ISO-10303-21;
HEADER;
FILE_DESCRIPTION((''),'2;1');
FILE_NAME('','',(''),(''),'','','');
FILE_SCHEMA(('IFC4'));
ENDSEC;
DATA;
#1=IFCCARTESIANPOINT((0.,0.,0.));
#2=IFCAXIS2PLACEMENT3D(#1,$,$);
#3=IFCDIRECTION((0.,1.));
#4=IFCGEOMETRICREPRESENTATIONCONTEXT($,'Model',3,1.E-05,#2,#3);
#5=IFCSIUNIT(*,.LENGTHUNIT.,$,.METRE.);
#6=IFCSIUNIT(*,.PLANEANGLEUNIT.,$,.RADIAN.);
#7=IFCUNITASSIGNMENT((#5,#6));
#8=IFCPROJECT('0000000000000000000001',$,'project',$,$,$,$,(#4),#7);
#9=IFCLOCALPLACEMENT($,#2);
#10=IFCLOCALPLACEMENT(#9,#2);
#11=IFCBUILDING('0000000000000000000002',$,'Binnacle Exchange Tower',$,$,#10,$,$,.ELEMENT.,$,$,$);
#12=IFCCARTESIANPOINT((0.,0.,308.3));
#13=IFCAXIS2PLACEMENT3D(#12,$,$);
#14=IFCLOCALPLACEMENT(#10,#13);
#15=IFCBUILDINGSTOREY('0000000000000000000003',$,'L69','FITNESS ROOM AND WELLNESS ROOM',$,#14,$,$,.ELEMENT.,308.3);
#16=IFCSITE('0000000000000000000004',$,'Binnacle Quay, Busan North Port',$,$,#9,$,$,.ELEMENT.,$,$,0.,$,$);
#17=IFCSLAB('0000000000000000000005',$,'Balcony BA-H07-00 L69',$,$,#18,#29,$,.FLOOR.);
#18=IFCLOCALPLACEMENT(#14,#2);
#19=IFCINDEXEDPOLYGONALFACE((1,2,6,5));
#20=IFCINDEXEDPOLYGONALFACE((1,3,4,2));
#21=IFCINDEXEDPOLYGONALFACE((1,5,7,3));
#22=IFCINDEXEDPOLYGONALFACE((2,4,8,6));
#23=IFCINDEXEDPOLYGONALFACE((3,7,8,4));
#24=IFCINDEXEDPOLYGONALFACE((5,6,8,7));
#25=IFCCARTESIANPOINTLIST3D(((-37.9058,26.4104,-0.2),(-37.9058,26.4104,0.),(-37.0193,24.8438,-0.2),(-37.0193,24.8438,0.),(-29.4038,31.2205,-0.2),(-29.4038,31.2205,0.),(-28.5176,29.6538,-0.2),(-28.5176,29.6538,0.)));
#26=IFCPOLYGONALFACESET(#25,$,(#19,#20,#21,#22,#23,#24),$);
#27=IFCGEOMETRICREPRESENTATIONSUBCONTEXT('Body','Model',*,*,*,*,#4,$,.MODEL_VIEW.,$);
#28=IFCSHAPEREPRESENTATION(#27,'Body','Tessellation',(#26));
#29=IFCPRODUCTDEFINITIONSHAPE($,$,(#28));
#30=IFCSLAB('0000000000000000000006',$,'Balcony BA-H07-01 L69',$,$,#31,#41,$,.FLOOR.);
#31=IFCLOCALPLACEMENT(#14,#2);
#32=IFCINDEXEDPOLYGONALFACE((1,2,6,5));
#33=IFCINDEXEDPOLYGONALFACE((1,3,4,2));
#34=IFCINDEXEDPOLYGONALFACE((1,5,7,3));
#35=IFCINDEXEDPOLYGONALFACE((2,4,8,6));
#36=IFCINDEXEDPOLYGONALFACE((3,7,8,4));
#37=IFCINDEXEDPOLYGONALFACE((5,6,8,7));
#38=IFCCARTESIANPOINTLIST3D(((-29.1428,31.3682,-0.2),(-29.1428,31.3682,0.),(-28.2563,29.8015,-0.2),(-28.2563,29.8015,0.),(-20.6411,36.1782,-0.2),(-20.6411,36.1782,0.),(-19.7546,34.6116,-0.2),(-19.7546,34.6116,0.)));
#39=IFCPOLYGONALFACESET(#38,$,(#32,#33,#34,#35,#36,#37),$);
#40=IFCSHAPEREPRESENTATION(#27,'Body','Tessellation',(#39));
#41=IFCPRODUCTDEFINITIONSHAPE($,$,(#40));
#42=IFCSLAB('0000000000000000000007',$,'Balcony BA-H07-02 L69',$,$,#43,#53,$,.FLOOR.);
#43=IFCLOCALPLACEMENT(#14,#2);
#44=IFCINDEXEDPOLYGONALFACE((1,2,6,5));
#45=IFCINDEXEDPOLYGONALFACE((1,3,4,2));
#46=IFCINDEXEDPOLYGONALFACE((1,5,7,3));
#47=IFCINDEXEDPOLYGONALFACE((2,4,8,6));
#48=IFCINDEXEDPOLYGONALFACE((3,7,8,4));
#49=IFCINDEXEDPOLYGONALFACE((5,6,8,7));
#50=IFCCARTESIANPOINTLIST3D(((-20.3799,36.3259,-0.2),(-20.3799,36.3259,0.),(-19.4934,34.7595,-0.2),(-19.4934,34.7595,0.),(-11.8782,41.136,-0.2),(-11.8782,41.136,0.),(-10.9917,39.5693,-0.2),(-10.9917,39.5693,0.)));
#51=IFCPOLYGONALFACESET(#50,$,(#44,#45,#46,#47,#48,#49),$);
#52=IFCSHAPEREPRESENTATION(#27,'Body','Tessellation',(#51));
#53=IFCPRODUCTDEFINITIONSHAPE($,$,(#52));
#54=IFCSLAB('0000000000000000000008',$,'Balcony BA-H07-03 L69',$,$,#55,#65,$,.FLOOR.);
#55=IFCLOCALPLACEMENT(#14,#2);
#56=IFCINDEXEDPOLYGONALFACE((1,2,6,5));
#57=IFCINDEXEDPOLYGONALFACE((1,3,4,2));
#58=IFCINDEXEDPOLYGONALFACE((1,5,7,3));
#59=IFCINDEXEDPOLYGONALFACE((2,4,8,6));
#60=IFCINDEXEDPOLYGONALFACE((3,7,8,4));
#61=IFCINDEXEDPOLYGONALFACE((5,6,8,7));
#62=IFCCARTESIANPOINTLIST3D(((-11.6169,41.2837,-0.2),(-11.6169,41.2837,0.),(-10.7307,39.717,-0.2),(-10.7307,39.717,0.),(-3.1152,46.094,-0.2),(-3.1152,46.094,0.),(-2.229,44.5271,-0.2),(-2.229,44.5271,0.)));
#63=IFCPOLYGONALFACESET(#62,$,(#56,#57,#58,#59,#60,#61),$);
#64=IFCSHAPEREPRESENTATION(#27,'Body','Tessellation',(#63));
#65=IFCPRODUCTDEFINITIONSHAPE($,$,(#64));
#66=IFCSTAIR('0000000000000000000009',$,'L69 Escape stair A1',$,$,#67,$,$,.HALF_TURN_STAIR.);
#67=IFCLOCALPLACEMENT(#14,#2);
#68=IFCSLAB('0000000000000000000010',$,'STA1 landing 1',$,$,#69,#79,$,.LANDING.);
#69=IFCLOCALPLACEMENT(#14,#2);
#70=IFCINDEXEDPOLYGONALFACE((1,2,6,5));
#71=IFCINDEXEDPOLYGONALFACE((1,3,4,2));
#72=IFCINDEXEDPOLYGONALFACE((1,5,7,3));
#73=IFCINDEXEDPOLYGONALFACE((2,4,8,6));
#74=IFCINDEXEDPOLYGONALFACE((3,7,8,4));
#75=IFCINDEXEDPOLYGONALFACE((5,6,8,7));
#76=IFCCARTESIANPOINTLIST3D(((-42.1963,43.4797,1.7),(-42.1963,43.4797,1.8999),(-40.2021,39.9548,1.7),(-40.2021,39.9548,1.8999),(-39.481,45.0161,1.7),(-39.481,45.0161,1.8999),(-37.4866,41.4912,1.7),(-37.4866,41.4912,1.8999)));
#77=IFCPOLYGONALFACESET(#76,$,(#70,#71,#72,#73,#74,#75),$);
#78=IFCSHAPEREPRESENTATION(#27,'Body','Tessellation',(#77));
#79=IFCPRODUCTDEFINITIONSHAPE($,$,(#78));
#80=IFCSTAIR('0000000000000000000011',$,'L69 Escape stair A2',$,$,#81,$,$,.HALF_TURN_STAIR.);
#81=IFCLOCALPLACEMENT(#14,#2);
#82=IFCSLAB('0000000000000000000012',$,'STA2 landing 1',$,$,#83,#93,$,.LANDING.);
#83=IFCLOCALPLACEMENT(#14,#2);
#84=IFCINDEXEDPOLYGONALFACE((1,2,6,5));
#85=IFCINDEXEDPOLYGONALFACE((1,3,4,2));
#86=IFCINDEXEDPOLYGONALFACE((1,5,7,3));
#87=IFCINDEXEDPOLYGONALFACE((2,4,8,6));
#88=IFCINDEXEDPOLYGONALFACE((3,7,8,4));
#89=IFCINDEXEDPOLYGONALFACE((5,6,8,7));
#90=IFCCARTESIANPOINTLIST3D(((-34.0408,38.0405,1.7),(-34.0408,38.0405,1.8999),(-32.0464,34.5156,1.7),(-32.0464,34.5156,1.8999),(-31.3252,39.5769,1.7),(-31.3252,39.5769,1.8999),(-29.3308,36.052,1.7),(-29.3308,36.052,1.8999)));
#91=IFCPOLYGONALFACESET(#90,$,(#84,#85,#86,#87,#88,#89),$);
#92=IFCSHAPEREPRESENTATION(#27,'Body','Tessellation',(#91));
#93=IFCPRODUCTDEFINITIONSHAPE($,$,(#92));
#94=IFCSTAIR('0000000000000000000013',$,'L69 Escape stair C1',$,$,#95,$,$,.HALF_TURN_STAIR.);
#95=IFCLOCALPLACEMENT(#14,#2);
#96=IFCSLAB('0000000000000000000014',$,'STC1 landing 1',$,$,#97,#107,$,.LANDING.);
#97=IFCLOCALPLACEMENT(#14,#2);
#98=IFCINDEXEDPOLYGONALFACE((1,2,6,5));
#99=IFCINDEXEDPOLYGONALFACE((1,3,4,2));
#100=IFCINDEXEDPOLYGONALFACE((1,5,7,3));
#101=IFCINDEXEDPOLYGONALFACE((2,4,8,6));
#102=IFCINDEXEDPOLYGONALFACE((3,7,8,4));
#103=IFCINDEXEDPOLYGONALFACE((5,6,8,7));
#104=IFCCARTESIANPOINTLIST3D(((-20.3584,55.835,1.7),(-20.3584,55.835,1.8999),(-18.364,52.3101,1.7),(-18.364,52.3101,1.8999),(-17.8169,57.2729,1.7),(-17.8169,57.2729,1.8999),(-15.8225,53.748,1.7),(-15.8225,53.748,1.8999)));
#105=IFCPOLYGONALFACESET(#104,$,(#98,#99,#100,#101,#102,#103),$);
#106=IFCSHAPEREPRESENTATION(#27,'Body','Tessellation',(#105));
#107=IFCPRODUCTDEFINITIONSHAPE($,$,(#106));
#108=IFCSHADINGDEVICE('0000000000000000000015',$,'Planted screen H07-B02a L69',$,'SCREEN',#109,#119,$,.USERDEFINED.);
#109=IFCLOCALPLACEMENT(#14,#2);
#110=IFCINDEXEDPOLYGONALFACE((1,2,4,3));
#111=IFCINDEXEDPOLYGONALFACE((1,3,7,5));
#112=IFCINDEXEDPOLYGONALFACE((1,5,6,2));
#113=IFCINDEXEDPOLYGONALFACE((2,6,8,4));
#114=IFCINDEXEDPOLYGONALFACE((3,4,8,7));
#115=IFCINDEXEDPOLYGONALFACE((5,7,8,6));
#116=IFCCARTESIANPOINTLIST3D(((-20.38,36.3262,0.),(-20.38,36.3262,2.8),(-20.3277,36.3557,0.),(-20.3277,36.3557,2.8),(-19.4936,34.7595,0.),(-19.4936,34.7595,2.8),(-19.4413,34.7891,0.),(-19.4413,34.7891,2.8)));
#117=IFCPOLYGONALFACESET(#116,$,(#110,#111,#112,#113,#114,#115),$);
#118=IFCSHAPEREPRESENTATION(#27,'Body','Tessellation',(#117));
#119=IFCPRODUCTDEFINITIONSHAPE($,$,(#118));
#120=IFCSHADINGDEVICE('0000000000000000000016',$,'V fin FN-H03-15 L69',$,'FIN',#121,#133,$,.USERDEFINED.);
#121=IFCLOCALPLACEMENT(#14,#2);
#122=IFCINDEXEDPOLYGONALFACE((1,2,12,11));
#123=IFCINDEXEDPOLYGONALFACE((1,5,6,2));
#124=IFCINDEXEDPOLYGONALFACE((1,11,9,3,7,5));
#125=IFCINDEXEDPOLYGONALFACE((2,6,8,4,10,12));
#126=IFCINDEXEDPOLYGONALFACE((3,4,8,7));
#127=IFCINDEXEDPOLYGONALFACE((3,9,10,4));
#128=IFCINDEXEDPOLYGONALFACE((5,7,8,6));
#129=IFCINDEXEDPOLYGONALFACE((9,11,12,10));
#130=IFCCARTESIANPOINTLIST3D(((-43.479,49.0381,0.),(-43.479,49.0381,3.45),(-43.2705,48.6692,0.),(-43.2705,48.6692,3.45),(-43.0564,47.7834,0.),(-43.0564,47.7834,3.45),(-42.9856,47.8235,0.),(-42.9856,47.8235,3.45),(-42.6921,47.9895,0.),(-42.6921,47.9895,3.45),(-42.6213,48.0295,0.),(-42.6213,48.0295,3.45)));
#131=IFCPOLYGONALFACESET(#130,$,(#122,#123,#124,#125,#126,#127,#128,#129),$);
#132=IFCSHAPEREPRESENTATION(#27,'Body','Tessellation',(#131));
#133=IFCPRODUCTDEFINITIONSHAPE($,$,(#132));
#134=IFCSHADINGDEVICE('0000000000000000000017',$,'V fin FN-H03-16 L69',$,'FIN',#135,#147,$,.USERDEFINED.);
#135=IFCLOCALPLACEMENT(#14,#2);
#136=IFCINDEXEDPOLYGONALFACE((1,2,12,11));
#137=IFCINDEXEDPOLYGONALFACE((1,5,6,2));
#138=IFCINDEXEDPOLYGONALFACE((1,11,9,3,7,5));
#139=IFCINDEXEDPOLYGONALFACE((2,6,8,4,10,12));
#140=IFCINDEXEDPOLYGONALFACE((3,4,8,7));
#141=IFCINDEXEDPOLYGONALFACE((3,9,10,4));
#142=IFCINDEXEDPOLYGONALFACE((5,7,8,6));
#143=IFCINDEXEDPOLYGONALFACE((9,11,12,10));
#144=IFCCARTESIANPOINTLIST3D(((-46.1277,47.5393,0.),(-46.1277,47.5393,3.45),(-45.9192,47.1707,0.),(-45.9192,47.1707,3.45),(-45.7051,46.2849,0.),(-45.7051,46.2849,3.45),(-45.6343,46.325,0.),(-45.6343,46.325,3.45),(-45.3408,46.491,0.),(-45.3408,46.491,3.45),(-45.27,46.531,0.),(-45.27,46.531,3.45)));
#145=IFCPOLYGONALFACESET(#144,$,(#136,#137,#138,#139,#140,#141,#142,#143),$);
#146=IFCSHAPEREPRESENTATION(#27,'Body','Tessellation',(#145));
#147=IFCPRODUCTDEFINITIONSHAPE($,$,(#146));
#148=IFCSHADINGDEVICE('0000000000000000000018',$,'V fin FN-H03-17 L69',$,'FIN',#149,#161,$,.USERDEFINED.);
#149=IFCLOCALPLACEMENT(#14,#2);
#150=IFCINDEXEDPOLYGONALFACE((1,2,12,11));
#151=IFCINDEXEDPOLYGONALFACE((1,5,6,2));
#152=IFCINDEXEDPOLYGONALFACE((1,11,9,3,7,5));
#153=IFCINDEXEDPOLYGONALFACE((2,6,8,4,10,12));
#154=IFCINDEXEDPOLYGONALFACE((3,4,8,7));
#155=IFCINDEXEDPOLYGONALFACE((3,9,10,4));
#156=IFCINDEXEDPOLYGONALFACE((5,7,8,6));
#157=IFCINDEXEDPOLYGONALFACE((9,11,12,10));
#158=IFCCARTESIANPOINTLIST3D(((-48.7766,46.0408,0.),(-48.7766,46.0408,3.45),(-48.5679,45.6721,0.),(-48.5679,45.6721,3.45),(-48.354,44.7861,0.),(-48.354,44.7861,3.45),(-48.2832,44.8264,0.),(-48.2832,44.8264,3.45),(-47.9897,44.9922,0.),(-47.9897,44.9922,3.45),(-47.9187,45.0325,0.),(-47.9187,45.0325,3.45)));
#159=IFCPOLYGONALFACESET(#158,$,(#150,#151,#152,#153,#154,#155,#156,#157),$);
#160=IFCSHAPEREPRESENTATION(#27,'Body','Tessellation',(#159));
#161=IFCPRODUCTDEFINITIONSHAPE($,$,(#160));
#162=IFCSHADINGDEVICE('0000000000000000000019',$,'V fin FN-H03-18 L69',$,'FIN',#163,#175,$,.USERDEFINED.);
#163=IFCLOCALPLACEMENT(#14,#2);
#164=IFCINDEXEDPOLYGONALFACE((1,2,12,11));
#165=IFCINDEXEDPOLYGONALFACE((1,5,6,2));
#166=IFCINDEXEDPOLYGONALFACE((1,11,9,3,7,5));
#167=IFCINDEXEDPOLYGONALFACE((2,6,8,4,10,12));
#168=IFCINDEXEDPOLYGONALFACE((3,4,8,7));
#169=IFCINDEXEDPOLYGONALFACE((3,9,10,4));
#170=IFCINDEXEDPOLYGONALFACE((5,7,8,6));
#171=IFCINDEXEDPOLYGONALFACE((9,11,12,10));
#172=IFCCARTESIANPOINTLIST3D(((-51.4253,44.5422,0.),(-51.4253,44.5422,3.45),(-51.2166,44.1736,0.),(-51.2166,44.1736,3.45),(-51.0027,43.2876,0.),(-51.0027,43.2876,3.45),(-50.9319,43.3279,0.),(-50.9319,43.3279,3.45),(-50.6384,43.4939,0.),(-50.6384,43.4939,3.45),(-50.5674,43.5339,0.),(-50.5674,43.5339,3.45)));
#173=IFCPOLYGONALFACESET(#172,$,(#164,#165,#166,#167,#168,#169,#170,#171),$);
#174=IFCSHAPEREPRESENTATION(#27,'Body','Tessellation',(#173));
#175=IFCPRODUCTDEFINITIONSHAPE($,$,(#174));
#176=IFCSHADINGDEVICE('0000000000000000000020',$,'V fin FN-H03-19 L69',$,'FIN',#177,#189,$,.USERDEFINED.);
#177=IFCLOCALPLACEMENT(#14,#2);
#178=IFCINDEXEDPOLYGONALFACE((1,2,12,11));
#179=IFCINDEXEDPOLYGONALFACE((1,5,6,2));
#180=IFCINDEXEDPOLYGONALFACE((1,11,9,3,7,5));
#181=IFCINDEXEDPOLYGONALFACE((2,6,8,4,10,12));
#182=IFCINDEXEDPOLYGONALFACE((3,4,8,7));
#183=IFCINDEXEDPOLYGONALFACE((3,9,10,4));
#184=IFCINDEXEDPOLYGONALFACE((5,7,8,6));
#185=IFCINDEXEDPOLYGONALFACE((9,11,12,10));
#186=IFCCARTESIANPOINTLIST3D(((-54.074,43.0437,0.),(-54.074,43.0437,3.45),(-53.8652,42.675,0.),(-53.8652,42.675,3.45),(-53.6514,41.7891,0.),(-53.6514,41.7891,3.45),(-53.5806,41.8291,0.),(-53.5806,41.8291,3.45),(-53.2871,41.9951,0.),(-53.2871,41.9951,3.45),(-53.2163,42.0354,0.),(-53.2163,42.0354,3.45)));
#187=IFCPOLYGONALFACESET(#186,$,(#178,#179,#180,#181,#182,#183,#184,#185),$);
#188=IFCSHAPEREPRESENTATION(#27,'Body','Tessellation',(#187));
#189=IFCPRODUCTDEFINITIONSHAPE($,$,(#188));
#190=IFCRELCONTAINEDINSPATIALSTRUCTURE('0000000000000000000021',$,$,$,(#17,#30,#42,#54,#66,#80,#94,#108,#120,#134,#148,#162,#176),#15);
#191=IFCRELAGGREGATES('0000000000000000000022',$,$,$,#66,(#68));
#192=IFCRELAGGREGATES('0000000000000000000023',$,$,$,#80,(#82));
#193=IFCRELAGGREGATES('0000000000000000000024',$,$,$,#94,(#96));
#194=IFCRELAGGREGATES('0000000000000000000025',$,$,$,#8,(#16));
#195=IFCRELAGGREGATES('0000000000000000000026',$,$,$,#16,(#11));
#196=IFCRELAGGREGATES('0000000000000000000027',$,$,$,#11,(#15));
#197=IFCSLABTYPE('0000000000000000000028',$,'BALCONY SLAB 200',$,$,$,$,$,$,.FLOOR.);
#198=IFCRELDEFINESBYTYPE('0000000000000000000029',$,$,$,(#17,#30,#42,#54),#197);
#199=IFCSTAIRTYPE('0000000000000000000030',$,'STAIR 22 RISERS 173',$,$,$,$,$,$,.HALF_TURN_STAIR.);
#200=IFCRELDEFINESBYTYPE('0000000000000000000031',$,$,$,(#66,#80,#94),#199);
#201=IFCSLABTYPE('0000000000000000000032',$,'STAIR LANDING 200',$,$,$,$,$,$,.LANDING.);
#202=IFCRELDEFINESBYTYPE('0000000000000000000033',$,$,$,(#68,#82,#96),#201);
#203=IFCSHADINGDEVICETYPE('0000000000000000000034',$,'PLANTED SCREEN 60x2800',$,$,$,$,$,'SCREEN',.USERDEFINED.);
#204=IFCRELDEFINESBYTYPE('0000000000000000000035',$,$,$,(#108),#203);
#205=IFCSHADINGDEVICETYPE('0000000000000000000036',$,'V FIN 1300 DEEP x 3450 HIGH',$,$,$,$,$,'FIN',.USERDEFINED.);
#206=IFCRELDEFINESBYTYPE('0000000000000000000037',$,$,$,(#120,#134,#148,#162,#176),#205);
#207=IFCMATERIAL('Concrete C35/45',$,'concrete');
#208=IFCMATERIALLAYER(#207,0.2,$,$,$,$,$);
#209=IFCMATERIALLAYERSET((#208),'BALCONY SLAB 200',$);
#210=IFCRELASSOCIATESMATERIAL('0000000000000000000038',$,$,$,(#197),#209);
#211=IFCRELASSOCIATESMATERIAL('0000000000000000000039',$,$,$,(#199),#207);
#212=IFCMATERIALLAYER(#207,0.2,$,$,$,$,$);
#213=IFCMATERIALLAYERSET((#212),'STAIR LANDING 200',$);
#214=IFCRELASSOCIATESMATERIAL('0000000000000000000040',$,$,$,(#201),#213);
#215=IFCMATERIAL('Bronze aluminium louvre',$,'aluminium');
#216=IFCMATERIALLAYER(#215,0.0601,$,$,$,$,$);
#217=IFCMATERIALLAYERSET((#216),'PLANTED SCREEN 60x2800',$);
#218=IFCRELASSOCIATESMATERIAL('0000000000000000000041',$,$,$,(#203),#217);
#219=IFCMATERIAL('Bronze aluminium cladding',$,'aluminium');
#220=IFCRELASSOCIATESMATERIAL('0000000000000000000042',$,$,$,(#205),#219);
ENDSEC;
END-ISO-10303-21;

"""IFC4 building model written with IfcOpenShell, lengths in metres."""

from ifc_helpers import new_model, si_unit, direction, frame, origin, origin_2d, place, context, subcontext, project, spatial, polyline, rectangle, outline, extrude, material, layer, layer_set, type_object, element, aggregate, save


model = new_model("IFC4")

# Units and contexts
model_context = context("Model", 3, precision=1e-05, world=origin(), true_north=direction((0.0, 1.0)))
body_context = subcontext(model_context, "Body", "Model", "MODEL_VIEW")
ifc_project = project(units=[si_unit("LENGTHUNIT", "METRE"), si_unit("PLANEANGLEUNIT", "RADIAN")], contexts=[model_context])

# Site, building, storey
site_placement = place(None, origin())
site = spatial("IfcSite", under=ifc_project, at=site_placement, Name="Binnacle Quay, Busan North Port", CompositionType="ELEMENT", RefElevation=0.0)
building_placement = place(site_placement, origin())
building = spatial("IfcBuilding", under=site, at=building_placement, Name="Binnacle Exchange Tower", CompositionType="ELEMENT")
storey_placement = place(building_placement, frame((0.0, 0.0, 308.3)))
storey = spatial("IfcBuildingStorey", under=building, at=storey_placement, Name="L69", Description="FITNESS ROOM AND WELLNESS ROOM", CompositionType="ELEMENT", Elevation=308.3)

# Slabs
ifc_material_1 = material(Name="Concrete C35/45", Category="concrete")
ifc_layer_1 = layer(ifc_material_1, 0.2)
ifc_layer_set_1 = layer_set([ifc_layer_1], Name="BALCONY SLAB 200")
slab_type_1 = type_object("IfcSlabType", Name="BALCONY SLAB 200", PredefinedType="FLOOR", material=ifc_layer_set_1)
slab_1_placement = place(storey_placement, frame((0.0, 0.0, -0.2)))
element("IfcSlab", 1, at=slab_1_placement, inside=storey, type_object=slab_type_1, Name="Balcony BA-H07-00 L69", PredefinedType="FLOOR", context=body_context, shape_type="SweptSolid", body=[
    extrude(outline(polyline([(-37.9058, 26.4104), (-29.4038, 31.2205), (-28.5176, 29.6538), (-37.0193, 24.8438), (-37.9058, 26.4104)])), origin(), (0.0, 0.0, 1.0), 0.2),
])
slab_2_placement = place(storey_placement, frame((0.0, 0.0, -0.2)))
element("IfcSlab", 2, at=slab_2_placement, inside=storey, type_object=slab_type_1, Name="Balcony BA-H07-01 L69", PredefinedType="FLOOR", context=body_context, shape_type="SweptSolid", body=[
    extrude(outline(polyline([(-29.1428, 31.3682), (-20.6411, 36.1782), (-19.7546, 34.6116), (-28.2563, 29.8015), (-29.1428, 31.3682)])), origin(), (0.0, 0.0, 1.0), 0.2),
])
slab_3_placement = place(storey_placement, frame((0.0, 0.0, -0.2)))
element("IfcSlab", 3, at=slab_3_placement, inside=storey, type_object=slab_type_1, Name="Balcony BA-H07-02 L69", PredefinedType="FLOOR", context=body_context, shape_type="SweptSolid", body=[
    extrude(outline(polyline([(-20.3799, 36.3259), (-11.8782, 41.136), (-10.9917, 39.5693), (-19.4934, 34.7595), (-20.3799, 36.3259)])), origin(), (0.0, 0.0, 1.0), 0.2),
])
slab_4_placement = place(storey_placement, frame((0.0, 0.0, -0.2)))
element("IfcSlab", 4, at=slab_4_placement, inside=storey, type_object=slab_type_1, Name="Balcony BA-H07-03 L69", PredefinedType="FLOOR", context=body_context, shape_type="SweptSolid", body=[
    extrude(outline(polyline([(-11.6169, 41.2837), (-3.1152, 46.094), (-2.229, 44.5271), (-10.7307, 39.717), (-11.6169, 41.2837)])), origin(), (0.0, 0.0, 1.0), 0.2),
])

# Stairs, slabs
stair_type = type_object("IfcStairType", Name="STAIR 22 RISERS 173", PredefinedType="HALF_TURN_STAIR", material=ifc_material_1)
stair_1_placement = place(storey_placement, origin())
stair_1 = element("IfcStair", 5, at=stair_1_placement, inside=storey, type_object=stair_type, Name="L69 Escape stair A1", PredefinedType="HALF_TURN_STAIR")
ifc_layer_2 = layer(ifc_material_1, 0.2)
ifc_layer_set_2 = layer_set([ifc_layer_2], Name="STAIR LANDING 200")
slab_type_2 = type_object("IfcSlabType", Name="STAIR LANDING 200", PredefinedType="LANDING", material=ifc_layer_set_2)
slab_5_placement = place(storey_placement, frame((0.0, 0.0, 1.7)))
slab_5 = element("IfcSlab", 6, at=slab_5_placement, type_object=slab_type_2, Name="STA1 landing 1", PredefinedType="LANDING", context=body_context, shape_type="SweptSolid", body=[
    extrude(outline(polyline([(-40.2021, 39.9548), (-37.4866, 41.4912), (-39.481, 45.0161), (-42.1963, 43.4797), (-40.2021, 39.9548)])), origin(), (0.0, 0.0, 1.0), 0.2),
])
aggregate(stair_1, [slab_5])
stair_2_placement = place(storey_placement, origin())
stair_2 = element("IfcStair", 7, at=stair_2_placement, inside=storey, type_object=stair_type, Name="L69 Escape stair A2", PredefinedType="HALF_TURN_STAIR")
slab_6_placement = place(storey_placement, frame((0.0, 0.0, 1.7)))
slab_6 = element("IfcSlab", 8, at=slab_6_placement, type_object=slab_type_2, Name="STA2 landing 1", PredefinedType="LANDING", context=body_context, shape_type="SweptSolid", body=[
    extrude(outline(polyline([(-31.3252, 39.5769), (-34.0408, 38.0405), (-32.0464, 34.5156), (-29.3308, 36.052), (-31.3252, 39.5769)])), origin(), (0.0, 0.0, 1.0), 0.2),
])
aggregate(stair_2, [slab_6])
stair_3_placement = place(storey_placement, origin())
stair_3 = element("IfcStair", 9, at=stair_3_placement, inside=storey, type_object=stair_type, Name="L69 Escape stair C1", PredefinedType="HALF_TURN_STAIR")
slab_7_placement = place(storey_placement, frame((0.0, 0.0, 1.7)))
slab_7 = element("IfcSlab", 10, at=slab_7_placement, type_object=slab_type_2, Name="STC1 landing 1", PredefinedType="LANDING", context=body_context, shape_type="SweptSolid", body=[
    extrude(outline(polyline([(-18.364, 52.3101), (-15.8225, 53.748), (-17.8169, 57.2729), (-20.3584, 55.835), (-18.364, 52.3101)])), origin(), (0.0, 0.0, 1.0), 0.2),
])
aggregate(stair_3, [slab_7])

# Shading devices
ifc_material_2 = material(Name="Bronze aluminium louvre", Category="aluminium")
ifc_layer_3 = layer(ifc_material_2, 0.0601)
ifc_layer_set_3 = layer_set([ifc_layer_3], Name="PLANTED SCREEN 60x2800")
shading_device_type_1 = type_object("IfcShadingDeviceType", Name="PLANTED SCREEN 60x2800", ElementType="SCREEN", PredefinedType="USERDEFINED", material=ifc_layer_set_3)
shading_device_1_placement = place(storey_placement, frame((-19.9106, 35.5576, 0.0), z_axis=(0.0, 0.0, 1.0), x_axis=(0.870356, 0.492424, 0.0)))
element("IfcShadingDevice", 11, at=shading_device_1_placement, inside=storey, type_object=shading_device_type_1, Name="Planted screen H07-B02a L69", ObjectType="SCREEN", PredefinedType="USERDEFINED", context=body_context, shape_type="SweptSolid", body=[
    extrude(rectangle(XDim=0.0601, YDim=1.8, at=origin_2d()), origin(), (0.0, 0.0, 1.0), 2.8),
])
ifc_material_3 = material(Name="Bronze aluminium cladding", Category="aluminium")
shading_device_type_2 = type_object("IfcShadingDeviceType", Name="V FIN 1300 DEEP x 3450 HIGH", ElementType="FIN", PredefinedType="USERDEFINED", material=ifc_material_3)
shading_device_2_placement = place(storey_placement, origin())
element("IfcShadingDevice", 12, at=shading_device_2_placement, inside=storey, type_object=shading_device_type_2, Name="V fin FN-H03-15 L69", ObjectType="FIN", PredefinedType="USERDEFINED", context=body_context, shape_type="SweptSolid", body=[
    extrude(outline(polyline([(-42.6213, 48.0295), (-43.479, 49.0381), (-43.0564, 47.7834), (-42.9856, 47.8235), (-43.2705, 48.6692), (-42.6921, 47.9895), (-42.6213, 48.0295)])), origin(), (0.0, 0.0, 1.0), 3.45),
])
shading_device_3_placement = place(storey_placement, origin())
element("IfcShadingDevice", 13, at=shading_device_3_placement, inside=storey, type_object=shading_device_type_2, Name="V fin FN-H03-16 L69", ObjectType="FIN", PredefinedType="USERDEFINED", context=body_context, shape_type="SweptSolid", body=[
    extrude(outline(polyline([(-45.27, 46.531), (-46.1277, 47.5393), (-45.7051, 46.2849), (-45.6343, 46.325), (-45.9192, 47.1707), (-45.3408, 46.491), (-45.27, 46.531)])), origin(), (0.0, 0.0, 1.0), 3.45),
])
shading_device_4_placement = place(storey_placement, origin())
element("IfcShadingDevice", 14, at=shading_device_4_placement, inside=storey, type_object=shading_device_type_2, Name="V fin FN-H03-17 L69", ObjectType="FIN", PredefinedType="USERDEFINED", context=body_context, shape_type="SweptSolid", body=[
    extrude(outline(polyline([(-47.9187, 45.0325), (-48.7766, 46.0408), (-48.354, 44.7861), (-48.2832, 44.8264), (-48.5679, 45.6721), (-47.9897, 44.9922), (-47.9187, 45.0325)])), origin(), (0.0, 0.0, 1.0), 3.45),
])
shading_device_5_placement = place(storey_placement, origin())
element("IfcShadingDevice", 15, at=shading_device_5_placement, inside=storey, type_object=shading_device_type_2, Name="V fin FN-H03-18 L69", ObjectType="FIN", PredefinedType="USERDEFINED", context=body_context, shape_type="SweptSolid", body=[
    extrude(outline(polyline([(-50.5674, 43.5339), (-51.4253, 44.5422), (-51.0027, 43.2876), (-50.9319, 43.3279), (-51.2166, 44.1736), (-50.6384, 43.4939), (-50.5674, 43.5339)])), origin(), (0.0, 0.0, 1.0), 3.45),
])
shading_device_6_placement = place(storey_placement, origin())
element("IfcShadingDevice", 16, at=shading_device_6_placement, inside=storey, type_object=shading_device_type_2, Name="V fin FN-H03-19 L69", ObjectType="FIN", PredefinedType="USERDEFINED", context=body_context, shape_type="SweptSolid", body=[
    extrude(outline(polyline([(-53.2163, 42.0354), (-54.074, 43.0437), (-53.6514, 41.7891), (-53.5806, 41.8291), (-53.8652, 42.675), (-53.2871, 41.9951), (-53.2163, 42.0354)])), origin(), (0.0, 0.0, 1.0), 3.45),
])

save(model, "model.ifc")
